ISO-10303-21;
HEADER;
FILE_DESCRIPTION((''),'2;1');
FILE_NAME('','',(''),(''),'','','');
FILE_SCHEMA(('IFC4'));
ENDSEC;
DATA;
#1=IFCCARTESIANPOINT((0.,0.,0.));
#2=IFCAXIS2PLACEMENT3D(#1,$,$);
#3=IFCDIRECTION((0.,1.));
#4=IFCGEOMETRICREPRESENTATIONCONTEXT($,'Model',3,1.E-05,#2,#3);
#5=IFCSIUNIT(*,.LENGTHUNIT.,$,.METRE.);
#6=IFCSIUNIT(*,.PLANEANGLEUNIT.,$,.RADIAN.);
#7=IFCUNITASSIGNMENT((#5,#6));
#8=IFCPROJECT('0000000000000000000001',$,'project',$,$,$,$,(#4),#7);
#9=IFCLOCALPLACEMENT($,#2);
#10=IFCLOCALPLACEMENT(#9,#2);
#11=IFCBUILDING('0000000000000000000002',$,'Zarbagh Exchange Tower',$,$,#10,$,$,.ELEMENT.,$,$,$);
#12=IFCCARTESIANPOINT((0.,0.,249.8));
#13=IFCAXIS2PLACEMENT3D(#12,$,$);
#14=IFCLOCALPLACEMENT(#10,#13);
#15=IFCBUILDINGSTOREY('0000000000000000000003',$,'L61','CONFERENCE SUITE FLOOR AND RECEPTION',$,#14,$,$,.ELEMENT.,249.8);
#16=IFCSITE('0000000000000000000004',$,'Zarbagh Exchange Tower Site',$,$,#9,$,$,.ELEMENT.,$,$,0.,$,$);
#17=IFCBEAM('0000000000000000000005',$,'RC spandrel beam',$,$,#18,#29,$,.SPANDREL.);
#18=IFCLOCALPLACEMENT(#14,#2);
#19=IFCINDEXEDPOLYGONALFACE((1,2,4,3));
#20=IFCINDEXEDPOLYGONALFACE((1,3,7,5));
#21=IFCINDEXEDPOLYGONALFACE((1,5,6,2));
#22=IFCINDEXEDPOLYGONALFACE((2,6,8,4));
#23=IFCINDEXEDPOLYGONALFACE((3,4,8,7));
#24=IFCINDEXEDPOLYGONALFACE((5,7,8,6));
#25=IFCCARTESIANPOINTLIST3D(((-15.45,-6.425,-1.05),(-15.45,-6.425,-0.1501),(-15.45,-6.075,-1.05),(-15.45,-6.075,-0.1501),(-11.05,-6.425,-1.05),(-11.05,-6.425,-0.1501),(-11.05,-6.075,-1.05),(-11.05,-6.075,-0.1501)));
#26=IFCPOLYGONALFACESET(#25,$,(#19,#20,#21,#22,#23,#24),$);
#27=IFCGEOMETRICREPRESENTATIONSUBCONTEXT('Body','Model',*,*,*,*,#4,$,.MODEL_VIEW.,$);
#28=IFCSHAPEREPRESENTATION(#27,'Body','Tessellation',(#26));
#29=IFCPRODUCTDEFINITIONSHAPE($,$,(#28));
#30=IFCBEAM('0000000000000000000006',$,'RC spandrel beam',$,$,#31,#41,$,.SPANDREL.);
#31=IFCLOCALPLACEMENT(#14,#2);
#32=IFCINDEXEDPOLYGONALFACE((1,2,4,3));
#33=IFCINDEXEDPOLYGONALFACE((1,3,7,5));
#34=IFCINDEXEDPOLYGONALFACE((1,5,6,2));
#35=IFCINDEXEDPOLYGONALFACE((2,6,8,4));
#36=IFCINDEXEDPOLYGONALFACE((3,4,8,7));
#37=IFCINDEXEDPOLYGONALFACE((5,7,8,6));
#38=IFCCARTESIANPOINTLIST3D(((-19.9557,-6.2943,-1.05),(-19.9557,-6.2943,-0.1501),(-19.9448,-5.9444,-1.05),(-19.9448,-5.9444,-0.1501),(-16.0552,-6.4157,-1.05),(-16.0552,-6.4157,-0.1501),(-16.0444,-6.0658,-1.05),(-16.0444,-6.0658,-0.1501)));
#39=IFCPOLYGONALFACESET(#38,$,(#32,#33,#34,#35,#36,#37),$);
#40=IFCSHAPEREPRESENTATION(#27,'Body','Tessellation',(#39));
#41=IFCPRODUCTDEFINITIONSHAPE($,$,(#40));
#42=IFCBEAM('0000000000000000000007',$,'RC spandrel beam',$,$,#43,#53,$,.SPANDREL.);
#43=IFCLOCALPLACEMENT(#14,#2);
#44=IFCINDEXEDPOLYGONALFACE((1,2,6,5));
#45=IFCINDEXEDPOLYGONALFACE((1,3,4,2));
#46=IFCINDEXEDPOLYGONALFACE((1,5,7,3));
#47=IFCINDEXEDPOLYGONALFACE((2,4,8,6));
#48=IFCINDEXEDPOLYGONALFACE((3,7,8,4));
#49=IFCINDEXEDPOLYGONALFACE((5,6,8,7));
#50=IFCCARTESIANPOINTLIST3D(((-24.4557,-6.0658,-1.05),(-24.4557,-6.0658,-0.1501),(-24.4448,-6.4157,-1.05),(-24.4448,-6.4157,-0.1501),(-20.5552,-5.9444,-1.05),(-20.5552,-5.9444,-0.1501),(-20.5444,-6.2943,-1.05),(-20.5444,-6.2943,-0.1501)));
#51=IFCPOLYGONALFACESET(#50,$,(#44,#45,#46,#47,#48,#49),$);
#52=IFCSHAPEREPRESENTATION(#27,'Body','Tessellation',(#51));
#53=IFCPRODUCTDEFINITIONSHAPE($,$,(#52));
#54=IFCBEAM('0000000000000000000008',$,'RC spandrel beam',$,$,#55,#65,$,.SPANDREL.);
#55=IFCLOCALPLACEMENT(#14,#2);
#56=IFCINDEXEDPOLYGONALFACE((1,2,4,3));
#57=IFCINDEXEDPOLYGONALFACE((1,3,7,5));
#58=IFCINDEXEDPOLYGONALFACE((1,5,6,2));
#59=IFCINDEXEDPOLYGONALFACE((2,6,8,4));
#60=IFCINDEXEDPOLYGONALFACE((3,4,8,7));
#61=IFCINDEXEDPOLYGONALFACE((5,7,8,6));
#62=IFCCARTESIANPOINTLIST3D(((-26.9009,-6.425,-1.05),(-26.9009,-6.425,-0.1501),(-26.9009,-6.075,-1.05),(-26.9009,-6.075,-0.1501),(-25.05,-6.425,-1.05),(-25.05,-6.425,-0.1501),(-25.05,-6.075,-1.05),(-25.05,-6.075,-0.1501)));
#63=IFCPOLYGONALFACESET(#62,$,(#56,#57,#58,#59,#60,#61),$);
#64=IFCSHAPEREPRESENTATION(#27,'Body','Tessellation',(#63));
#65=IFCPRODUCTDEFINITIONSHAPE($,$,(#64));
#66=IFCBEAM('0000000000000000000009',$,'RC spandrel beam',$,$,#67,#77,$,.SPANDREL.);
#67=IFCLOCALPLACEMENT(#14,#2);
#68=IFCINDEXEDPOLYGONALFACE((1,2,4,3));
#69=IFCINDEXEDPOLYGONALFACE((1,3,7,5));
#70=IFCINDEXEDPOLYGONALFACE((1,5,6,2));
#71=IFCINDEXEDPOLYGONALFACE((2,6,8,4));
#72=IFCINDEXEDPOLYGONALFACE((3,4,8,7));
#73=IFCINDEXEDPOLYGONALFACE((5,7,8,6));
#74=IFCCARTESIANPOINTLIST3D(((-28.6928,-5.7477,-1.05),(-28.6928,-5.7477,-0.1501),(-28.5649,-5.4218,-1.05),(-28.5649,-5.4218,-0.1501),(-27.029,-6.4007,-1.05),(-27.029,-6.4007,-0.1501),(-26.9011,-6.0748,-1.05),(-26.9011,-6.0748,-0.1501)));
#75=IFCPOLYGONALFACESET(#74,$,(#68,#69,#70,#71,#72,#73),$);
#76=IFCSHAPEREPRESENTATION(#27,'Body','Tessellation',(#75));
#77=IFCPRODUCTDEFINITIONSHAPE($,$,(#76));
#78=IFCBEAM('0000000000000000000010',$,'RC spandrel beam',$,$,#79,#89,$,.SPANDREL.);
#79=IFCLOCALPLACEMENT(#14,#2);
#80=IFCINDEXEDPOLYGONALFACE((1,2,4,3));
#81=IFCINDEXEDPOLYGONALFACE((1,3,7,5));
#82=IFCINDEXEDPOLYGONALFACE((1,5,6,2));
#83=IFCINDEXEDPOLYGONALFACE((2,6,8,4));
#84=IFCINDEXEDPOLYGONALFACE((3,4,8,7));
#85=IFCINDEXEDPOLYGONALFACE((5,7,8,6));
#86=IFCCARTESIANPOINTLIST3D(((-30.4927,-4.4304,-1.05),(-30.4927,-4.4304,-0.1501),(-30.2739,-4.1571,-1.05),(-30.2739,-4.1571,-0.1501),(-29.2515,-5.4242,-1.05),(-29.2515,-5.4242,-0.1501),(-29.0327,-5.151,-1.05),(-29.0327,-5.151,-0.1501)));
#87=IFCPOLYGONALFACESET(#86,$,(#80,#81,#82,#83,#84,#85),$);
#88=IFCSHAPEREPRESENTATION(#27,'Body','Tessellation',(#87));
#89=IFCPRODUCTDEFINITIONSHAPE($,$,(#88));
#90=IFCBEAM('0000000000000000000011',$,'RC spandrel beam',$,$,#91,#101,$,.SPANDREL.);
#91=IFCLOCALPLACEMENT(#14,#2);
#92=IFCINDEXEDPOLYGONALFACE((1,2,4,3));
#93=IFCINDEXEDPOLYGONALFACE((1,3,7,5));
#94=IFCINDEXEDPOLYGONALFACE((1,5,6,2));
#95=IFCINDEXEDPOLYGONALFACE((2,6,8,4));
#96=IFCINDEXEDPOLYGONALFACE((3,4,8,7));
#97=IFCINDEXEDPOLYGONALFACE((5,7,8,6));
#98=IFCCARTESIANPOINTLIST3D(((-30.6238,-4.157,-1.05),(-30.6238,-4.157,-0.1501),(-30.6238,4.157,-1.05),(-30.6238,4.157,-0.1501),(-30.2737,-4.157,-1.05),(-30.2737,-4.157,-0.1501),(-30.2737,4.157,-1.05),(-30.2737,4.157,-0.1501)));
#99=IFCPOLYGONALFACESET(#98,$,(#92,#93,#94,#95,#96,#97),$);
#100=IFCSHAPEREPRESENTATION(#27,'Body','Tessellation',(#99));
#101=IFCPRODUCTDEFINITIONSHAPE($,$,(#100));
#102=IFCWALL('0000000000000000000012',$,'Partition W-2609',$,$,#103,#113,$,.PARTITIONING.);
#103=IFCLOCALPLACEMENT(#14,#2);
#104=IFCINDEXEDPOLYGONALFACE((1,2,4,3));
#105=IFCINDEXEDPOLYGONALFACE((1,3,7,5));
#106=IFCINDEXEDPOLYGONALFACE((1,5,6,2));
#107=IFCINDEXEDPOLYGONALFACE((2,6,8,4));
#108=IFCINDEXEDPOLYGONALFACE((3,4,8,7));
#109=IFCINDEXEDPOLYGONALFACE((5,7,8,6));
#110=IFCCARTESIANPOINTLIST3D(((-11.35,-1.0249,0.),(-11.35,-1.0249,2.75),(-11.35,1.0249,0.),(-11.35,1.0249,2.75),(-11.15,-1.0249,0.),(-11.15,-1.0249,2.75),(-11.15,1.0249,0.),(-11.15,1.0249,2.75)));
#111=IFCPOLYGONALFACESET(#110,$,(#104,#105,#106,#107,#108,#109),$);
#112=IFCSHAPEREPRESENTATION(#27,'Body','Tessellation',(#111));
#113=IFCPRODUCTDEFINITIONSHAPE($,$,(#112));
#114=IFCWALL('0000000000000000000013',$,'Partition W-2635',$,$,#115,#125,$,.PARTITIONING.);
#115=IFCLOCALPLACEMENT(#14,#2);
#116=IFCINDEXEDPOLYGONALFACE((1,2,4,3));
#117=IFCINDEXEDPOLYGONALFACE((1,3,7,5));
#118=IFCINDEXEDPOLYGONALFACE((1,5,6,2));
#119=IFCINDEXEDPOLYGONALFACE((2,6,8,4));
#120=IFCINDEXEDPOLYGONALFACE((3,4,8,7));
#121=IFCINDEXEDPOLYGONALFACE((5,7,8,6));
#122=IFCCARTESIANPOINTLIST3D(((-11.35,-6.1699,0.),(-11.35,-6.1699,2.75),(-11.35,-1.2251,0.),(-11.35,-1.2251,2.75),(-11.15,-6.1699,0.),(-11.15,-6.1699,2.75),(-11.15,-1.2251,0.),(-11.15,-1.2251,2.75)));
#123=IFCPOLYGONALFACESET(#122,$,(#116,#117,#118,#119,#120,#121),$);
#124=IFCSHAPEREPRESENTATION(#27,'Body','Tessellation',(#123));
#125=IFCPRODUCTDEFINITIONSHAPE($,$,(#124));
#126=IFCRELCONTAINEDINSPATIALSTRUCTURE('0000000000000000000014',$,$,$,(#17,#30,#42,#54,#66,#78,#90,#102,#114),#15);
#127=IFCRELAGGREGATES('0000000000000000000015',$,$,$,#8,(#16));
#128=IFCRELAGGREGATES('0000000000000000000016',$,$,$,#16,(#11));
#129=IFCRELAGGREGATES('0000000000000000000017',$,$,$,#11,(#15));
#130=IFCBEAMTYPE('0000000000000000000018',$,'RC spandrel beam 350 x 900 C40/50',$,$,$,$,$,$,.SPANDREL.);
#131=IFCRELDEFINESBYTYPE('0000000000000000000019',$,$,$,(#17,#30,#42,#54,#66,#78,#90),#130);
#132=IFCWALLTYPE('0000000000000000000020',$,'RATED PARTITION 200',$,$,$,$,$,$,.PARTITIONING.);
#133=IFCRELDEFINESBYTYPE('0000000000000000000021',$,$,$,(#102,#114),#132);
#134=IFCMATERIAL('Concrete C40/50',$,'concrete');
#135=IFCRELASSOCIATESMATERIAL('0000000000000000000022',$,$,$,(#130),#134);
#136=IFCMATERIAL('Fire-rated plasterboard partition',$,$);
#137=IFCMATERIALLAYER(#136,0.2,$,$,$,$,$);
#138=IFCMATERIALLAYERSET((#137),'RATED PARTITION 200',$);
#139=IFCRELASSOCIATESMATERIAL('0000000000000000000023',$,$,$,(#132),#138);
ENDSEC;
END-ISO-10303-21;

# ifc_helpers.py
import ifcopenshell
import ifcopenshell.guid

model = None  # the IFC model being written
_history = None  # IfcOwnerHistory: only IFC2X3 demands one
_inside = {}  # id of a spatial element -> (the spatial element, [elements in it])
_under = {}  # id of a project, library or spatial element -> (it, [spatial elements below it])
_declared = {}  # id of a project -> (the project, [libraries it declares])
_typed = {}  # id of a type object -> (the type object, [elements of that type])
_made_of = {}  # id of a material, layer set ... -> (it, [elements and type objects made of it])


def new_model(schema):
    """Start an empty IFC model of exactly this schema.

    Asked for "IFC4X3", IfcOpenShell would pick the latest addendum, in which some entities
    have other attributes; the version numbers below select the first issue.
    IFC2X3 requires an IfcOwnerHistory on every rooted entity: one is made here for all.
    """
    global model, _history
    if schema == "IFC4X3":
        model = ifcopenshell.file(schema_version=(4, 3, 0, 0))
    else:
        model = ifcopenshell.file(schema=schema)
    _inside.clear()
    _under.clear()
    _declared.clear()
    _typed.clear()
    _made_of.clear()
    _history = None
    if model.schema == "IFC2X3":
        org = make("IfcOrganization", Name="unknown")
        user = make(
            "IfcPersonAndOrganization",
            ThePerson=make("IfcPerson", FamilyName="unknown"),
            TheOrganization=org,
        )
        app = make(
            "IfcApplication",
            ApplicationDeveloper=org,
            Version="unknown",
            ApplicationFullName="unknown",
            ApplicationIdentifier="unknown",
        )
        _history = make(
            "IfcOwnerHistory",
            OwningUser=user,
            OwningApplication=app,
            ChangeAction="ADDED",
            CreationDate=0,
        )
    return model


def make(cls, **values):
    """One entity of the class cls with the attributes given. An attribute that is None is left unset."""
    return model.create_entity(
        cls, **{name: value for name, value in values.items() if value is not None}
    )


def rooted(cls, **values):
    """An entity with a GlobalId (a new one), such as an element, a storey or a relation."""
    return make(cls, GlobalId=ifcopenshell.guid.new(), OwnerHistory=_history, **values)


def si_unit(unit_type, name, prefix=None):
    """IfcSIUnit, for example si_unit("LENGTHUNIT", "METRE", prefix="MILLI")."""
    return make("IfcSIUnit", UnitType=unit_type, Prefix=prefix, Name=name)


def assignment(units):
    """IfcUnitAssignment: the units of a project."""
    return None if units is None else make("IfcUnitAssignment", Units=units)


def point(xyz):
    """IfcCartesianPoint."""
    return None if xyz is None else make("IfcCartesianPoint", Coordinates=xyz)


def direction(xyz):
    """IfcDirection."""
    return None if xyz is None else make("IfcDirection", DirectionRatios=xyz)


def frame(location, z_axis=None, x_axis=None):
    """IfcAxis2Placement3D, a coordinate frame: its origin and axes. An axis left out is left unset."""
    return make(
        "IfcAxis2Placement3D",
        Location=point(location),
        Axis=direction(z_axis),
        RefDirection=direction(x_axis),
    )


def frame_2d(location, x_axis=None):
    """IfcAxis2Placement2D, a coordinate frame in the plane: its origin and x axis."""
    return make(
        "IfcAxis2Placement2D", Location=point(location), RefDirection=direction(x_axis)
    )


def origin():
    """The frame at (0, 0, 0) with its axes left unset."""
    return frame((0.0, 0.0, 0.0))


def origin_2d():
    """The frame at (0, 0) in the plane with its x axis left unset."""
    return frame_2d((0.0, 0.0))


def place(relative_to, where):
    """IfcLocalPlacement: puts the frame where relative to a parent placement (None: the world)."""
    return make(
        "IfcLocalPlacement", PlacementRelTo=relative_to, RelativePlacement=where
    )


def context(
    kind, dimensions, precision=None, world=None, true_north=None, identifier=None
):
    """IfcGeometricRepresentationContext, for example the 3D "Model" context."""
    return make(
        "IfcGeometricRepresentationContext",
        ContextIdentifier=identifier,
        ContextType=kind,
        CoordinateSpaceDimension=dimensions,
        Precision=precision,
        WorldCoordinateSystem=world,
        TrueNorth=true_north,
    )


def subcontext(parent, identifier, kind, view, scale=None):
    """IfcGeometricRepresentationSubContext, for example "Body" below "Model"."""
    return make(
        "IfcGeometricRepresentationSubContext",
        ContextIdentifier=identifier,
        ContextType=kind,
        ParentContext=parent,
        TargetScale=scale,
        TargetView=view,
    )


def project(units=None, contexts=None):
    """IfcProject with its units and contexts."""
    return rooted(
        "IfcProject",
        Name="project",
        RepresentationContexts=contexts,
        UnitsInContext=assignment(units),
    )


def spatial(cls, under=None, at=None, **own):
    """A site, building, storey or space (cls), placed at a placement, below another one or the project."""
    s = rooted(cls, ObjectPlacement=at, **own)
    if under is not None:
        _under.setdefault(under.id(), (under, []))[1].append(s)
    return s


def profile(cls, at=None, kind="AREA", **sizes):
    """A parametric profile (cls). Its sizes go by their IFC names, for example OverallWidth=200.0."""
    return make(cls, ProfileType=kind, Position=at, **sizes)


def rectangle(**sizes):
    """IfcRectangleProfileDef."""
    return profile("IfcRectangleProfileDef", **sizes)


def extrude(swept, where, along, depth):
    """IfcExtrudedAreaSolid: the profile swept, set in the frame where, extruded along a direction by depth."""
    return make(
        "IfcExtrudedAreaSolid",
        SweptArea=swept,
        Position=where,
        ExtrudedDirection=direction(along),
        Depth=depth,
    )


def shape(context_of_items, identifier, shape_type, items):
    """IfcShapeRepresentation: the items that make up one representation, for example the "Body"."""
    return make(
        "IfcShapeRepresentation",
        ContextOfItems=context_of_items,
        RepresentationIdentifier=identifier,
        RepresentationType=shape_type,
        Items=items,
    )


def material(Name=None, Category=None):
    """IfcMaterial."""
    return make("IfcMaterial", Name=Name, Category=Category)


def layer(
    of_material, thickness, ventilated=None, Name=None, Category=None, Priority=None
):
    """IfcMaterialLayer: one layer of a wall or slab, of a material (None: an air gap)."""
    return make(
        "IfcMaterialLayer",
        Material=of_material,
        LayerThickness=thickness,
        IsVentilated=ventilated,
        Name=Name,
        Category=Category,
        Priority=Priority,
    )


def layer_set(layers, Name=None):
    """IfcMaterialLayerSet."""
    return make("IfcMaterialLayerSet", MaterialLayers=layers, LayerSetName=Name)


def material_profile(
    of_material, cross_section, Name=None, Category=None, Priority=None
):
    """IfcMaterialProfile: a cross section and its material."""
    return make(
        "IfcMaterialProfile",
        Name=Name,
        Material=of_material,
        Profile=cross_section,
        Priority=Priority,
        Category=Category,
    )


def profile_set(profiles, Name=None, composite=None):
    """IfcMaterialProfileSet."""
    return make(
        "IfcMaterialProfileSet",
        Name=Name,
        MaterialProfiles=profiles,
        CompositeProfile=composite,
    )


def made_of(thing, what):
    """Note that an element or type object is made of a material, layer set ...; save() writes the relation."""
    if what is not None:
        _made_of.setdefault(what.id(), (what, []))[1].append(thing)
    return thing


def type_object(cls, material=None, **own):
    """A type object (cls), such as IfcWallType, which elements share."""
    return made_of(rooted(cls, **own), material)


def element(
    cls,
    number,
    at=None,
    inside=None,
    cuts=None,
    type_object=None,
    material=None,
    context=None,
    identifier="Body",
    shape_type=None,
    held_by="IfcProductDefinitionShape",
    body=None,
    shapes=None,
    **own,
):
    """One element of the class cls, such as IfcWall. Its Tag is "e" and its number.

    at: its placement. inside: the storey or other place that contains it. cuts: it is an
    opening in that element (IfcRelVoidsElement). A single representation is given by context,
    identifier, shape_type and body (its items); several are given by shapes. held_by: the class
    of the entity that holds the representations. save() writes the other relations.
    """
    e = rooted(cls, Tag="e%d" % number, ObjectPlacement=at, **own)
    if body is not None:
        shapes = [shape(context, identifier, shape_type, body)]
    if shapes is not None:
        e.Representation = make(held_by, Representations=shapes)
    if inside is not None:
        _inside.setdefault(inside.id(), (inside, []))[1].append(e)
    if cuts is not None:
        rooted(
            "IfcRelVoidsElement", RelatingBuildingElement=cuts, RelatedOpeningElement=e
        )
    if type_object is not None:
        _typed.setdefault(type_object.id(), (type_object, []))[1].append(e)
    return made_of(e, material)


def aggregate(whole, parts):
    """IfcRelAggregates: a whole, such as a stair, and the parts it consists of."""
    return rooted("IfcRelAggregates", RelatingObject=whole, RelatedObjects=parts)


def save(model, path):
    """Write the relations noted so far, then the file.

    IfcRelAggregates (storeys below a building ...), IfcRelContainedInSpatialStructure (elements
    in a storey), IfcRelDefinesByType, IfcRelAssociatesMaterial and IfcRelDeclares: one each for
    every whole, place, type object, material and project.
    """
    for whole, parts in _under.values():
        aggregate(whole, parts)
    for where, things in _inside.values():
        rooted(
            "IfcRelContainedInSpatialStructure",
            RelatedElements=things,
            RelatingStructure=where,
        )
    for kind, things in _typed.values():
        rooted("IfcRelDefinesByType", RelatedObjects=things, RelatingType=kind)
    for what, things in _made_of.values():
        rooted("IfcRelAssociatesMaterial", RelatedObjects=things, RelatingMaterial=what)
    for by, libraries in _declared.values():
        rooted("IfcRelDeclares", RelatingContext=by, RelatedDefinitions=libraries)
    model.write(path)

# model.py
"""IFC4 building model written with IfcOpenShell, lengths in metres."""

from ifc_helpers import new_model, si_unit, direction, frame, frame_2d, origin, origin_2d, place, context, subcontext, project, spatial, rectangle, extrude, material, layer, layer_set, material_profile, profile_set, type_object, element, save


model = new_model("IFC4")

# Units and contexts
model_context = context("Model", 3, precision=1e-05, world=origin(), true_north=direction((0.0, 1.0)))
body_context = subcontext(model_context, "Body", "Model", "MODEL_VIEW")
ifc_project = project(units=[si_unit("LENGTHUNIT", "METRE"), si_unit("PLANEANGLEUNIT", "RADIAN")], contexts=[model_context])

# Site, building, storey
site_placement = place(None, origin())
site = spatial("IfcSite", under=ifc_project, at=site_placement, Name="Zarbagh Exchange Tower Site", CompositionType="ELEMENT", RefElevation=0.0)
building_placement = place(site_placement, origin())
building = spatial("IfcBuilding", under=site, at=building_placement, Name="Zarbagh Exchange Tower", CompositionType="ELEMENT")
storey_placement = place(building_placement, frame((0.0, 0.0, 249.8)))
storey = spatial("IfcBuildingStorey", under=building, at=storey_placement, Name="L61", Description="CONFERENCE SUITE FLOOR AND RECEPTION", CompositionType="ELEMENT", Elevation=249.8)

# Shared definitions
ifc_material_1 = material(Name="Concrete C40/50", Category="concrete")

# Beams
ifc_material_profile_1 = material_profile(ifc_material_1, rectangle(XDim=0.3501, YDim=0.8999, at=origin_2d()), Name="RC spandrel beam 350 x 900 C40/50")
ifc_profile_set_1 = profile_set([ifc_material_profile_1], Name="Concrete C40/50")
beam_type_1 = type_object("IfcBeamType", Name="RC spandrel beam 350 x 900 C40/50", PredefinedType="SPANDREL", material=ifc_profile_set_1)
beam_1_placement = place(storey_placement, frame((-11.05, -6.25, -0.6001), z_axis=(-1.0, 0.0, 0.0), x_axis=(0.0, -1.0, 0.0)))
element("IfcBeam", 1, at=beam_1_placement, inside=storey, type_object=beam_type_1, Name="RC spandrel beam", PredefinedType="SPANDREL", context=body_context, shape_type="SweptSolid", body=[
    extrude(rectangle(XDim=0.3501, YDim=0.8999, at=origin_2d()), origin(), (0.0, 0.0, 1.0), 4.3999),
])
for number, where, z_axis, x_axis, name in (
    (2, (-16.0498, -6.2407, -0.6001), (-0.999516, 0.031094, 0.0), (-0.031094, -0.999516, 0.0), "RC spandrel beam"),
    (3, (-20.5498, -6.1194, -0.6001), (-0.999516, -0.031094, 0.0), (0.031094, -0.999516, 0.0), "RC spandrel beam"),
):
    element("IfcBeam", number, at=place(storey_placement, frame(where, z_axis=z_axis, x_axis=x_axis)), inside=storey, type_object=beam_type_1, Name=name, PredefinedType="SPANDREL", context=body_context, shape_type="SweptSolid", body=[
        extrude(rectangle(XDim=0.3501, YDim=0.8999, at=origin_2d()), origin(), (0.0, 0.0, 1.0), 3.9023),
    ])
beam_2_placement = place(storey_placement, frame((-25.05, -6.25, -0.6001), z_axis=(-1.0, 0.0, 0.0), x_axis=(0.0, -1.0, 0.0)))
element("IfcBeam", 4, at=beam_2_placement, inside=storey, type_object=beam_type_1, Name="RC spandrel beam", PredefinedType="SPANDREL", context=body_context, shape_type="SweptSolid", body=[
    extrude(rectangle(XDim=0.3501, YDim=0.8999, at=origin_2d()), origin(), (0.0, 0.0, 1.0), 1.8508),
])
beam_3_placement = place(storey_placement, frame((-26.9651, -6.2378, -0.6001), z_axis=(-0.930859, 0.365378, 0.0), x_axis=(-0.365378, -0.930859, 0.0)))
element("IfcBeam", 5, at=beam_3_placement, inside=storey, type_object=beam_type_1, Name="RC spandrel beam", PredefinedType="SPANDREL", context=body_context, shape_type="SweptSolid", body=[
    extrude(rectangle(XDim=0.3501, YDim=0.8999, at=origin_2d()), origin(), (0.0, 0.0, 1.0), 1.7874),
])
beam_4_placement = place(storey_placement, frame((-29.1421, -5.2876, -0.6001), z_axis=(-0.780584, 0.625051, 0.0), x_axis=(-0.625051, -0.780584, 0.0)))
element("IfcBeam", 6, at=beam_4_placement, inside=storey, type_object=beam_type_1, Name="RC spandrel beam", PredefinedType="SPANDREL", context=body_context, shape_type="SweptSolid", body=[
    extrude(rectangle(XDim=0.3501, YDim=0.8999, at=origin_2d()), origin(), (0.0, 0.0, 1.0), 1.5901),
])
beam_5_placement = place(storey_placement, frame((-30.4487, -4.157, -0.6001), z_axis=(0.0, 1.0, 0.0), x_axis=(-1.0, 0.0, 0.0)))
element("IfcBeam", 7, at=beam_5_placement, inside=storey, type_object=beam_type_1, Name="RC spandrel beam", PredefinedType="SPANDREL", context=body_context, shape_type="SweptSolid", body=[
    extrude(rectangle(XDim=0.3501, YDim=0.8999, at=origin_2d()), origin(), (0.0, 0.0, 1.0), 8.314),
])

# Walls
ifc_material_2 = material(Name="Fire-rated plasterboard partition")
ifc_layer = layer(ifc_material_2, 0.2)
ifc_layer_set = layer_set([ifc_layer], Name="RATED PARTITION 200")
wall_type = type_object("IfcWallType", Name="RATED PARTITION 200", PredefinedType="PARTITIONING", material=ifc_layer_set)
wall_1_placement = place(storey_placement, frame((-11.25, -1.0249, 0.0), z_axis=(0.0, 0.0, 1.0), x_axis=(0.0, 1.0, 0.0)))
element("IfcWall", 8, at=wall_1_placement, inside=storey, type_object=wall_type, Name="Partition W-2609", PredefinedType="PARTITIONING", context=body_context, shape_type="SweptSolid", body=[
    extrude(rectangle(XDim=2.0498, YDim=0.2, at=frame_2d((1.0249, 0.0))), origin(), (0.0, 0.0, 1.0), 2.75),
])
wall_2_placement = place(storey_placement, frame((-11.25, -6.1699, 0.0), z_axis=(0.0, 0.0, 1.0), x_axis=(0.0, 1.0, 0.0)))
element("IfcWall", 9, at=wall_2_placement, inside=storey, type_object=wall_type, Name="Partition W-2635", PredefinedType="PARTITIONING", context=body_context, shape_type="SweptSolid", body=[
    extrude(rectangle(XDim=4.9448, YDim=0.2, at=frame_2d((2.4724, 0.0))), origin(), (0.0, 0.0, 1.0), 2.75),
])

save(model, "model.ifc")
